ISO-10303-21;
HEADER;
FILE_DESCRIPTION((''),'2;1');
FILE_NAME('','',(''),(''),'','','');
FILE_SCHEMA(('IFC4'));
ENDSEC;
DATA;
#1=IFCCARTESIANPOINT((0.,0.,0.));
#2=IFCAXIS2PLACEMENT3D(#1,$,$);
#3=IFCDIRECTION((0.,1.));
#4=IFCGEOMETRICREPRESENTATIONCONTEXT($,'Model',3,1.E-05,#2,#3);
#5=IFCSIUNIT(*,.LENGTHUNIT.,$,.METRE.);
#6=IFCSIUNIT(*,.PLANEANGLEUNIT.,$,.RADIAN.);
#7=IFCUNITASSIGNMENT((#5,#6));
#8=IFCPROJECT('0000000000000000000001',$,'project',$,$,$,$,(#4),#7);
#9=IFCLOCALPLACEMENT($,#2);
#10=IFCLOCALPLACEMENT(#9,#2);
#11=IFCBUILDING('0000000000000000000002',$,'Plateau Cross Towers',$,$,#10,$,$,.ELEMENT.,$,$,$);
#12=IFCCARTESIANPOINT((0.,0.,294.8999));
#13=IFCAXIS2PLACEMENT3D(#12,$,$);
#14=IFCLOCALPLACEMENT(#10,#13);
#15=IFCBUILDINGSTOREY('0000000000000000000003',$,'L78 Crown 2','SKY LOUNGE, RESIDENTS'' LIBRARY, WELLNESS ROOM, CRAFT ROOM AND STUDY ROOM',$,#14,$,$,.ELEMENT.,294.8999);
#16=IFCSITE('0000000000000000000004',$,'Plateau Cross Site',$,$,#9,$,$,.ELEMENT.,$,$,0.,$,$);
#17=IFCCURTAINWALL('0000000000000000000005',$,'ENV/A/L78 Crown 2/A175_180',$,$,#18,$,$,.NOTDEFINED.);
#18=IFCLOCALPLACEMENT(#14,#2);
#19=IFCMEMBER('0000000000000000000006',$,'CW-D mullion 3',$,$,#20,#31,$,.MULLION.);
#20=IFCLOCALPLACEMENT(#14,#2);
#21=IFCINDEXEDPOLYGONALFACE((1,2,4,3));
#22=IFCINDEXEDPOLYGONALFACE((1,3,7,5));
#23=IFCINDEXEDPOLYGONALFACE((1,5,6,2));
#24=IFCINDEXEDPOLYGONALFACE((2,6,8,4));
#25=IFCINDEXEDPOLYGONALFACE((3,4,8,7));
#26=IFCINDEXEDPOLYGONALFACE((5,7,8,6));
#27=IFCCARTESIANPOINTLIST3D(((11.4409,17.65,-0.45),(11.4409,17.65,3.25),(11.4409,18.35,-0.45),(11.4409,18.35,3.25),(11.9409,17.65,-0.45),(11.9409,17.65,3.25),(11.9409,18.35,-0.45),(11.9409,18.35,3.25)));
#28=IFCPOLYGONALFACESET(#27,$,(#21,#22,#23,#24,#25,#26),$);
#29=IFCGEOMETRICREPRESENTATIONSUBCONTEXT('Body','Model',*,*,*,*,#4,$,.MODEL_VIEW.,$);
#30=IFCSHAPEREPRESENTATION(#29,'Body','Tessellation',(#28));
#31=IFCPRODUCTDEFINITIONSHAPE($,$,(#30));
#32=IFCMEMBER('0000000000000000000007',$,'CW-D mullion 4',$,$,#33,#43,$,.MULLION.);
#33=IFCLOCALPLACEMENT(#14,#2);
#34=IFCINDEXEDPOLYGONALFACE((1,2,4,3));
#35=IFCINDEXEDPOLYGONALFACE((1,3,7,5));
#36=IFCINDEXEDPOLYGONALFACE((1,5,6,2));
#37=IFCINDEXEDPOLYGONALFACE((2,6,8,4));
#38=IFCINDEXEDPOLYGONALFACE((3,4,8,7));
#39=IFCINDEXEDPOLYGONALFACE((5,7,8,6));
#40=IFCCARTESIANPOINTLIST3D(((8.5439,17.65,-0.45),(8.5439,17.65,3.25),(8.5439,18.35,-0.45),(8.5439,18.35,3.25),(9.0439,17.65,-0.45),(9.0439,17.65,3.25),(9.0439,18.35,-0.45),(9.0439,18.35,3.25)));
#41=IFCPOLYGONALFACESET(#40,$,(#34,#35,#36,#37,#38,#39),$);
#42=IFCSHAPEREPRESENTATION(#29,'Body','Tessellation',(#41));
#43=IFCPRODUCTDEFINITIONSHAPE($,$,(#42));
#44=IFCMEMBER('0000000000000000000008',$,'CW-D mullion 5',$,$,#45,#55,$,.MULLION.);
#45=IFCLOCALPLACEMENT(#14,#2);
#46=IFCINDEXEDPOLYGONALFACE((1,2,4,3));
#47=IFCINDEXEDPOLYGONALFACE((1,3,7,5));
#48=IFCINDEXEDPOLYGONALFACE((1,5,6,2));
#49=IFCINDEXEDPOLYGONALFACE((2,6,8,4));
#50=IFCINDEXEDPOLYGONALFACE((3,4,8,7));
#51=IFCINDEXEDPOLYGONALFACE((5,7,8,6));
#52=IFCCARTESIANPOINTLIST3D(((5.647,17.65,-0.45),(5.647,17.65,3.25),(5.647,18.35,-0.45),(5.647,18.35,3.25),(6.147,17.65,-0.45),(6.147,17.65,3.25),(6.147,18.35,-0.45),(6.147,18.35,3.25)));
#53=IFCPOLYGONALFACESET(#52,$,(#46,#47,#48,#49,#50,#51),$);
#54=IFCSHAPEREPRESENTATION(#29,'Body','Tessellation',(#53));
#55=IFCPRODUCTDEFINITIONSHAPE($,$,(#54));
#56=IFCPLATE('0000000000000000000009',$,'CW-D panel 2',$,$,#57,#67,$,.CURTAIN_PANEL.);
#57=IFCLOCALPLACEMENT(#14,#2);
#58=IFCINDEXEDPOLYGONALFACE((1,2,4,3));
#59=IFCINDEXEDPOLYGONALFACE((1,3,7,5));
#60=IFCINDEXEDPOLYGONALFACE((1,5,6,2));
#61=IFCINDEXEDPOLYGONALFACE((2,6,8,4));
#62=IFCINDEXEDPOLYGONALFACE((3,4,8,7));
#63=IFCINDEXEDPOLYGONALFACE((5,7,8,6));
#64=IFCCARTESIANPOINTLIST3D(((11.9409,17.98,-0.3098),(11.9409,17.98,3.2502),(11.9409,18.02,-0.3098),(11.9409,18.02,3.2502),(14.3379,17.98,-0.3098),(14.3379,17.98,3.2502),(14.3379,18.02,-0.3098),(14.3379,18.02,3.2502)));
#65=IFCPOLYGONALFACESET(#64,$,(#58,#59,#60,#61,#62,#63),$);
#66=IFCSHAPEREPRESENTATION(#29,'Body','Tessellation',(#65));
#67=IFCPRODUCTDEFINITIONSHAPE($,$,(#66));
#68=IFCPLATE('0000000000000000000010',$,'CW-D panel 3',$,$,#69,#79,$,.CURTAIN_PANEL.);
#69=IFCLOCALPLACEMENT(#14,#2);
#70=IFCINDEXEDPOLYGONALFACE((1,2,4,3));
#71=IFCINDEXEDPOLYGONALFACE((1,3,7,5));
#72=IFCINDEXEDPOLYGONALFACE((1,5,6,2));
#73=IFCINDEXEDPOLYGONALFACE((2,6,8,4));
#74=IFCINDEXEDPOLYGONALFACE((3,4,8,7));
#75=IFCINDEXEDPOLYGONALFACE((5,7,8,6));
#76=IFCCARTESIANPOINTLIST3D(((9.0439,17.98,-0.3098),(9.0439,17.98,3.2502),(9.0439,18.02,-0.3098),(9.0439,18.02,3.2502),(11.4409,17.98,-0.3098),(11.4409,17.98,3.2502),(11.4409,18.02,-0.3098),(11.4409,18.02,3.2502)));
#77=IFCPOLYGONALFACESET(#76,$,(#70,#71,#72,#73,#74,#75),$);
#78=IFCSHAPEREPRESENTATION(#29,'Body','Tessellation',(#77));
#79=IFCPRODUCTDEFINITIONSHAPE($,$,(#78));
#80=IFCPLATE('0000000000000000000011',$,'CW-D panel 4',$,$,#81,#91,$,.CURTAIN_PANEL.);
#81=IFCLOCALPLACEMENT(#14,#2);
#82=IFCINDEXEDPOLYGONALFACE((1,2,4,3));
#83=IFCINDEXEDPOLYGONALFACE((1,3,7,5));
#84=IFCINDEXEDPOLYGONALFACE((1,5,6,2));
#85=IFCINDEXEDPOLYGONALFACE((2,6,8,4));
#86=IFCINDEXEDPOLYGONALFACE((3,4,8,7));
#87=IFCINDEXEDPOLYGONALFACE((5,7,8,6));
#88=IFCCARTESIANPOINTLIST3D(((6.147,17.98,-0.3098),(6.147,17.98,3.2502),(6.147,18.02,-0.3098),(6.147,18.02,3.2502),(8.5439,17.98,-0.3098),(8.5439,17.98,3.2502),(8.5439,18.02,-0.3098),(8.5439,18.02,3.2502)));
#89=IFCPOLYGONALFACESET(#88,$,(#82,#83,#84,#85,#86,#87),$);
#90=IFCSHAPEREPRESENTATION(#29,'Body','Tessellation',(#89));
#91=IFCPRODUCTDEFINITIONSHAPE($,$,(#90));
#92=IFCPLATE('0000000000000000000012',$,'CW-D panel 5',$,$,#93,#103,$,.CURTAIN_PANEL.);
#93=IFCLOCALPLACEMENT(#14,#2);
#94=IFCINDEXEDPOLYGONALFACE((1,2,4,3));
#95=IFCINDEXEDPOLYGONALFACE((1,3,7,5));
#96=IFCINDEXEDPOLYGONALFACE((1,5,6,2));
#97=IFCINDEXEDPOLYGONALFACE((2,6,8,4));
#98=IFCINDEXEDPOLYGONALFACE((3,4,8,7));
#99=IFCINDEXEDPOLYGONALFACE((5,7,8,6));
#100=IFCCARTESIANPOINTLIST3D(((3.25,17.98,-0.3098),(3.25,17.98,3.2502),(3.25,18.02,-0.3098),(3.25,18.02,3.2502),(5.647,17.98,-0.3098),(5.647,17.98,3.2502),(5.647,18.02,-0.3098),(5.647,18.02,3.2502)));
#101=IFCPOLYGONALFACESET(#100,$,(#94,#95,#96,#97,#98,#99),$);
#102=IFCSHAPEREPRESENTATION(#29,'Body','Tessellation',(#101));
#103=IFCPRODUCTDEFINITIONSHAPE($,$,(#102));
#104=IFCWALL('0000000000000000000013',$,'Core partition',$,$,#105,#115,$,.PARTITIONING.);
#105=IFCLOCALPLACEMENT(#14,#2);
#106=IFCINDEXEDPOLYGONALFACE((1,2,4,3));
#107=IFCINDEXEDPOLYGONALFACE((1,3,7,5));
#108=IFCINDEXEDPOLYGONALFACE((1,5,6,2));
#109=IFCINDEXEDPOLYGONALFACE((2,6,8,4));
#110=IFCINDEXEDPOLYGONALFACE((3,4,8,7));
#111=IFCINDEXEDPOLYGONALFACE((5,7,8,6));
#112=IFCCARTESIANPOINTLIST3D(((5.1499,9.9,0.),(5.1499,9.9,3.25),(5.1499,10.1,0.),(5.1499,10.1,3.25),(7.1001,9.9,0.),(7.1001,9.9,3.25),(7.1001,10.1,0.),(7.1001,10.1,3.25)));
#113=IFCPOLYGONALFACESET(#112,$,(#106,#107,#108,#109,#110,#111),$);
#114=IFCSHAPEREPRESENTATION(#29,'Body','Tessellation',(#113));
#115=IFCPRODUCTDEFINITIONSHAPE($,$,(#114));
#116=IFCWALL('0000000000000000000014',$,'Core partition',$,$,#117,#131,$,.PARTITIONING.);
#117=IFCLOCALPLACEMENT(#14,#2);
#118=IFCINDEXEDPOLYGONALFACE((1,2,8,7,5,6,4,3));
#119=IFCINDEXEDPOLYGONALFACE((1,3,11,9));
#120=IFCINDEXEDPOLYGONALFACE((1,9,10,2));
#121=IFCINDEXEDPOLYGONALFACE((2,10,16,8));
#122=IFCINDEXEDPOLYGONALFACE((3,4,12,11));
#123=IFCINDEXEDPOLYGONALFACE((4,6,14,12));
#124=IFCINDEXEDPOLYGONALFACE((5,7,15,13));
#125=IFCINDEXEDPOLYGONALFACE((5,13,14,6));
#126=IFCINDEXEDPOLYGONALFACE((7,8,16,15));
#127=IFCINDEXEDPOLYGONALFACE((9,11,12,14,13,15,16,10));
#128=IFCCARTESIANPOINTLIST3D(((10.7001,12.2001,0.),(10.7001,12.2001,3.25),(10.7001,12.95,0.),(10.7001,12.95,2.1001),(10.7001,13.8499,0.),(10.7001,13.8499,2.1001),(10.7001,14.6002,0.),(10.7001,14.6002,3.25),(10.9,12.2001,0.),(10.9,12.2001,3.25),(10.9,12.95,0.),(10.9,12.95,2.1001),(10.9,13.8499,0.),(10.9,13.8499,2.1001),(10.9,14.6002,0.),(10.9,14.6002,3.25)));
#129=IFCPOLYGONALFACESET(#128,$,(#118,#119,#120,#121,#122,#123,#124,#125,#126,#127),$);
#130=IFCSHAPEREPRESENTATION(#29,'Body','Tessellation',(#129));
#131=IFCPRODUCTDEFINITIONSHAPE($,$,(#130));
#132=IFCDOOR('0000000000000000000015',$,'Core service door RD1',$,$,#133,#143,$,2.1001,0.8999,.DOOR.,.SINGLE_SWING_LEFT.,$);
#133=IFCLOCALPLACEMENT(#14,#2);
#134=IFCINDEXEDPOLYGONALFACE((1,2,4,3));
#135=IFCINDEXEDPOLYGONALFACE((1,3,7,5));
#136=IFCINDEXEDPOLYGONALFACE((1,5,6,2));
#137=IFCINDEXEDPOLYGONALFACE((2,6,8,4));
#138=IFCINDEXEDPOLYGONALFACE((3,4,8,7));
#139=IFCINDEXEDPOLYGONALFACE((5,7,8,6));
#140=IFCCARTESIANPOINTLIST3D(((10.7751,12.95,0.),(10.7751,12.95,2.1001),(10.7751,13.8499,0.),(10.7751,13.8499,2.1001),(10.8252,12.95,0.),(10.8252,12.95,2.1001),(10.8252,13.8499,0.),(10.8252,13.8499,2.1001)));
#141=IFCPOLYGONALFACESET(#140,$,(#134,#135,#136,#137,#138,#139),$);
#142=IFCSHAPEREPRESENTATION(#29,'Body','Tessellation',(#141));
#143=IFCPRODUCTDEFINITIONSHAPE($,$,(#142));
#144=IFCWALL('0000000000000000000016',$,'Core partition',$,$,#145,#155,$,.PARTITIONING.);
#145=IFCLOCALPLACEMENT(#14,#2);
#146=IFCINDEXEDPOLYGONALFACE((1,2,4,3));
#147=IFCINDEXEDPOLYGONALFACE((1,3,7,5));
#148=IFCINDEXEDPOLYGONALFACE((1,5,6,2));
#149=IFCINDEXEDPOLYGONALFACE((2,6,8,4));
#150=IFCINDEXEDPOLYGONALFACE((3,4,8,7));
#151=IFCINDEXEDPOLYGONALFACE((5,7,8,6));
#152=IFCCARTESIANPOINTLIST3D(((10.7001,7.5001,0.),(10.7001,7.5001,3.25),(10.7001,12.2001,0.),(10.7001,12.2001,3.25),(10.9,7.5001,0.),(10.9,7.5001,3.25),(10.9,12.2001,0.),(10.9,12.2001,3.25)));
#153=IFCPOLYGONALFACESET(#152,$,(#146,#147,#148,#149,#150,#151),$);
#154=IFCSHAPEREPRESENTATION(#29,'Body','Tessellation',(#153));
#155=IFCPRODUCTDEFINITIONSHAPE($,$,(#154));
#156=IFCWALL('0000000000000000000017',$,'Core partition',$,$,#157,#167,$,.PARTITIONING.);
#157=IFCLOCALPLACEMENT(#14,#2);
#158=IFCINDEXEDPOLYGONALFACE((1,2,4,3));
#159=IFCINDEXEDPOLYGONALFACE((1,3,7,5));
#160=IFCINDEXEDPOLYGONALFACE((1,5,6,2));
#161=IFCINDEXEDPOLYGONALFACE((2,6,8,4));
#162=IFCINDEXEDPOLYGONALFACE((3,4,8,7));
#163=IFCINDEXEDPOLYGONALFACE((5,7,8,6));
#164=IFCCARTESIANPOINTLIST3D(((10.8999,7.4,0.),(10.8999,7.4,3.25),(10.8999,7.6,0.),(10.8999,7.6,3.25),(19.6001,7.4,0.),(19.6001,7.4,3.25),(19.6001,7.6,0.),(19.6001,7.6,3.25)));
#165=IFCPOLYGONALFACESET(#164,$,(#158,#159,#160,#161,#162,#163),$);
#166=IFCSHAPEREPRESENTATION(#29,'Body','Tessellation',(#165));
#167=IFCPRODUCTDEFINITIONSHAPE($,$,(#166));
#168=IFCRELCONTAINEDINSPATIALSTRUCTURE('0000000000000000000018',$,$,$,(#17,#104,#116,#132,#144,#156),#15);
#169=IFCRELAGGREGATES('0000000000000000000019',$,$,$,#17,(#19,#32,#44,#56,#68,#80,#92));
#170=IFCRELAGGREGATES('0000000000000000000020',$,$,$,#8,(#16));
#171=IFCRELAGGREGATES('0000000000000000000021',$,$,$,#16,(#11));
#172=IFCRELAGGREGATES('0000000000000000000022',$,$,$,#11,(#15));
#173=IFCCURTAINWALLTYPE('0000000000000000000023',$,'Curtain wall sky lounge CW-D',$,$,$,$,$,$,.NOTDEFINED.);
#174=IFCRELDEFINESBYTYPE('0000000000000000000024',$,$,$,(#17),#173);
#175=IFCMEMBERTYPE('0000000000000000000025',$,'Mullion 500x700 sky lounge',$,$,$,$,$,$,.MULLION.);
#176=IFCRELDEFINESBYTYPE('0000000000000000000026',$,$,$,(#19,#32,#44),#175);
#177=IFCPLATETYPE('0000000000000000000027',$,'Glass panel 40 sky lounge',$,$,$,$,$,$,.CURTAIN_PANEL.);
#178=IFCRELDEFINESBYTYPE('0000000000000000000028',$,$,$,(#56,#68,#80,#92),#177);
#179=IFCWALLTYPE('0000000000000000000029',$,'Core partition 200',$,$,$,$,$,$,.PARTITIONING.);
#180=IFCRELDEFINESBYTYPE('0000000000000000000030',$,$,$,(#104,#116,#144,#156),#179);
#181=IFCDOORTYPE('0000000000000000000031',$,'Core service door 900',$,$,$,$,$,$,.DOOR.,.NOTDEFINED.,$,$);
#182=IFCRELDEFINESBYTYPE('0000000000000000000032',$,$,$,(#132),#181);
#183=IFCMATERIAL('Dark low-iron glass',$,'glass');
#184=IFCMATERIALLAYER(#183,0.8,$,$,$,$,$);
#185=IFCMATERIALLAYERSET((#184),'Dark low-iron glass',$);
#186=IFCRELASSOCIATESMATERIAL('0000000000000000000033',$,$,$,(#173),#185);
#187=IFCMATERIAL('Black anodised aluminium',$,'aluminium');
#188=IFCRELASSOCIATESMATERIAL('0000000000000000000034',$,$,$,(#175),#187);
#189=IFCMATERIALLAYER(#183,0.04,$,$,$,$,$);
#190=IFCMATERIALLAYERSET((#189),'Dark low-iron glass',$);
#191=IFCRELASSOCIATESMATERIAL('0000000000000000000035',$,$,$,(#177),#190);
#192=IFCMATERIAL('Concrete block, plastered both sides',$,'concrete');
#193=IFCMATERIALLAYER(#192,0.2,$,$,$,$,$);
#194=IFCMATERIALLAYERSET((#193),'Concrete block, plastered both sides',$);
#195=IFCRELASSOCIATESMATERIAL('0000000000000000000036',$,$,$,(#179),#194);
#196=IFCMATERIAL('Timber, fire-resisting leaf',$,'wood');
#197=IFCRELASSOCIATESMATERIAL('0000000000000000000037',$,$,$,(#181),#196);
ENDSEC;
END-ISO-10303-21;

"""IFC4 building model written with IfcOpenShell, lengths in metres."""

from ifc_helpers import new_model, si_unit, direction, frame, frame_2d, origin, origin_2d, place, context, subcontext, project, spatial, rectangle, extrude, material, layer, layer_set, material_profile, profile_set, type_object, element, fill, aggregate, save


model = new_model("IFC4")

# Units and contexts
model_context = context("Model", 3, precision=1e-05, world=origin(), true_north=direction((0.0, 1.0)))
body_context = subcontext(model_context, "Body", "Model", "MODEL_VIEW")
ifc_project = project(units=[si_unit("LENGTHUNIT", "METRE"), si_unit("PLANEANGLEUNIT", "RADIAN")], contexts=[model_context])

# Site, building, storey
site_placement = place(None, origin())
site = spatial("IfcSite", under=ifc_project, at=site_placement, Name="Plateau Cross Site", CompositionType="ELEMENT", RefElevation=0.0)
building_placement = place(site_placement, origin())
building = spatial("IfcBuilding", under=site, at=building_placement, Name="Plateau Cross Towers", CompositionType="ELEMENT")
storey_placement = place(building_placement, frame((0.0, 0.0, 294.8999)))
storey = spatial("IfcBuildingStorey", under=building, at=storey_placement, Name="L78 Crown 2", Description="SKY LOUNGE, RESIDENTS' LIBRARY, WELLNESS ROOM, CRAFT ROOM AND STUDY ROOM", CompositionType="ELEMENT", Elevation=294.8999)

# Curtain wall, members, plates
ifc_material_1 = material(Name="Dark low-iron glass", Category="glass")
ifc_layer_1 = layer(ifc_material_1, 0.8)
ifc_layer_set_1 = layer_set([ifc_layer_1], Name="Dark low-iron glass")
curtain_wall_type = type_object("IfcCurtainWallType", Name="Curtain wall sky lounge CW-D", PredefinedType="NOTDEFINED", material=ifc_layer_set_1)
curtain_wall_placement = place(storey_placement, origin())
curtain_wall = element("IfcCurtainWall", 1, at=curtain_wall_placement, inside=storey, type_object=curtain_wall_type, Name="ENV/A/L78 Crown 2/A175_180", PredefinedType="NOTDEFINED")
ifc_material_2 = material(Name="Black anodised aluminium", Category="aluminium")
ifc_material_profile = material_profile(ifc_material_2, rectangle(XDim=0.5, YDim=0.7, at=origin_2d()), Name="MULLION 500x700")
ifc_profile_set = profile_set([ifc_material_profile], Name="Black anodised aluminium")
member_type = type_object("IfcMemberType", Name="Mullion 500x700 sky lounge", PredefinedType="MULLION", material=ifc_profile_set)
member_1_placement = place(storey_placement, frame((11.6909, 18.0, -0.45), z_axis=(0.0, 0.0, 1.0), x_axis=(-1.0, 0.0, 0.0)))
member_1 = element("IfcMember", 2, at=member_1_placement, type_object=member_type, Name="CW-D mullion 3", PredefinedType="MULLION", context=body_context, shape_type="SweptSolid", body=[
    extrude(rectangle(XDim=0.5, YDim=0.7, at=origin_2d()), origin(), (0.0, 0.0, 1.0), 3.7),
])
member_2_placement = place(storey_placement, frame((8.7939, 18.0, -0.45), z_axis=(0.0, 0.0, 1.0), x_axis=(-1.0, 0.0, 0.0)))
member_2 = element("IfcMember", 3, at=member_2_placement, type_object=member_type, Name="CW-D mullion 4", PredefinedType="MULLION", context=body_context, shape_type="SweptSolid", body=[
    extrude(rectangle(XDim=0.5, YDim=0.7, at=origin_2d()), origin(), (0.0, 0.0, 1.0), 3.7),
])
member_3_placement = place(storey_placement, frame((5.897, 18.0, -0.45), z_axis=(0.0, 0.0, 1.0), x_axis=(-1.0, 0.0, 0.0)))
member_3 = element("IfcMember", 4, at=member_3_placement, type_object=member_type, Name="CW-D mullion 5", PredefinedType="MULLION", context=body_context, shape_type="SweptSolid", body=[
    extrude(rectangle(XDim=0.5, YDim=0.7, at=origin_2d()), origin(), (0.0, 0.0, 1.0), 3.7),
])
ifc_layer_2 = layer(ifc_material_1, 0.04)
ifc_layer_set_2 = layer_set([ifc_layer_2], Name="Dark low-iron glass")
plate_type = type_object("IfcPlateType", Name="Glass panel 40 sky lounge", PredefinedType="CURTAIN_PANEL", material=ifc_layer_set_2)
plate_1_placement = place(storey_placement, frame((13.1394, 18.0, -0.3098), z_axis=(0.0, 0.0, 1.0), x_axis=(-1.0, 0.0, 0.0)))
plate_1 = element("IfcPlate", 5, at=plate_1_placement, type_object=plate_type, Name="CW-D panel 2", PredefinedType="CURTAIN_PANEL", context=body_context, shape_type="SweptSolid", body=[
    extrude(rectangle(XDim=2.397, YDim=0.04, at=origin_2d()), origin(), (0.0, 0.0, 1.0), 3.5601),
])
plate_2_placement = place(storey_placement, frame((10.2424, 18.0, -0.3098), z_axis=(0.0, 0.0, 1.0), x_axis=(-1.0, 0.0, 0.0)))
plate_2 = element("IfcPlate", 6, at=plate_2_placement, type_object=plate_type, Name="CW-D panel 3", PredefinedType="CURTAIN_PANEL", context=body_context, shape_type="SweptSolid", body=[
    extrude(rectangle(XDim=2.397, YDim=0.04, at=origin_2d()), origin(), (0.0, 0.0, 1.0), 3.5601),
])
plate_3_placement = place(storey_placement, frame((7.3455, 18.0, -0.3098), z_axis=(0.0, 0.0, 1.0), x_axis=(-1.0, 0.0, 0.0)))
plate_3 = element("IfcPlate", 7, at=plate_3_placement, type_object=plate_type, Name="CW-D panel 4", PredefinedType="CURTAIN_PANEL", context=body_context, shape_type="SweptSolid", body=[
    extrude(rectangle(XDim=2.397, YDim=0.04, at=origin_2d()), origin(), (0.0, 0.0, 1.0), 3.5601),
])
plate_4_placement = place(storey_placement, frame((4.4485, 18.0, -0.3098), z_axis=(0.0, 0.0, 1.0), x_axis=(-1.0, 0.0, 0.0)))
plate_4 = element("IfcPlate", 8, at=plate_4_placement, type_object=plate_type, Name="CW-D panel 5", PredefinedType="CURTAIN_PANEL", context=body_context, shape_type="SweptSolid", body=[
    extrude(rectangle(XDim=2.397, YDim=0.04, at=origin_2d()), origin(), (0.0, 0.0, 1.0), 3.5601),
])
aggregate(curtain_wall, [member_1, member_2, member_3, plate_1, plate_2, plate_3, plate_4])

# Wall
ifc_material_3 = material(Name="Concrete block, plastered both sides", Category="concrete")
ifc_layer_3 = layer(ifc_material_3, 0.2)
ifc_layer_set_3 = layer_set([ifc_layer_3], Name="Concrete block, plastered both sides")
wall_type_1 = type_object("IfcWallType", Name="Core partition 200", PredefinedType="PARTITIONING", material=ifc_layer_set_3)
wall_1_placement = place(storey_placement, frame((5.1499, 10.0, 0.0), z_axis=(0.0, 0.0, 1.0), x_axis=(1.0, 0.0, 0.0)))
element("IfcWall", 9, at=wall_1_placement, inside=storey, type_object=wall_type_1, Name="Core partition", PredefinedType="PARTITIONING", context=body_context, shape_type="SweptSolid", body=[
    extrude(rectangle(XDim=1.9502, YDim=0.2, at=frame_2d((0.9751, 0.0))), origin(), (0.0, 0.0, 1.0), 3.25),
])

# Wall, opening, door
wall_2_placement = place(storey_placement, frame((10.8, 12.2, 0.0), z_axis=(0.0, 0.0, 1.0), x_axis=(0.0, 1.0, 0.0)))
wall_2 = element("IfcWall", 10, at=wall_2_placement, inside=storey, type_object=wall_type_1, Name="Core partition", PredefinedType="PARTITIONING", context=body_context, shape_type="SweptSolid", body=[
    extrude(rectangle(XDim=2.4001, YDim=0.2, at=frame_2d((1.2002, 0.0))), origin(), (0.0, 0.0, 1.0), 3.25),
])
opening_1_placement = place(wall_2_placement, frame((0.75, 0.0, 0.0)))
opening_1 = element("IfcOpeningElement", 11, at=opening_1_placement, cuts=wall_2, PredefinedType="OPENING", context=body_context, shape_type="SweptSolid", body=[
    extrude(rectangle(XDim=0.8999, YDim=2.1001, at=frame_2d((0.45, 1.05))), frame((0.0, 0.1099, 0.0), z_axis=(0.0, -1.0, 0.0), x_axis=(1.0, 0.0, 0.0)), (0.0, 0.0, 1.0), 0.22),
])
ifc_material_4 = material(Name="Timber, fire-resisting leaf", Category="wood")
door_type_1 = type_object("IfcDoorType", Name="Core service door 900", OperationType="NOTDEFINED", PredefinedType="DOOR", material=ifc_material_4)
door_1_placement = place(opening_1_placement, origin())
door_1 = element("IfcDoor", 12, at=door_1_placement, inside=storey, type_object=door_type_1, Name="Core service door RD1", OperationType="SINGLE_SWING_LEFT", OverallHeight=2.1001, OverallWidth=0.8999, PredefinedType="DOOR", context=body_context, shape_type="SweptSolid", body=[
    extrude(rectangle(XDim=0.8999, YDim=2.1001, at=frame_2d((0.45, 1.05))), frame((0.0, 0.0249, 0.0), z_axis=(0.0, -1.0, 0.0), x_axis=(1.0, 0.0, 0.0)), (0.0, 0.0, 1.0), 0.05),
])
fill(opening_1, door_1)

# Walls
wall_3_placement = place(storey_placement, frame((10.8, 7.5, 0.0), z_axis=(0.0, 0.0, 1.0), x_axis=(0.0, 1.0, 0.0)))
element("IfcWall", 13, at=wall_3_placement, inside=storey, type_object=wall_type_1, Name="Core partition", PredefinedType="PARTITIONING", context=body_context, shape_type="SweptSolid", body=[
    extrude(rectangle(XDim=4.7, YDim=0.2, at=frame_2d((2.3501, 0.0))), origin(), (0.0, 0.0, 1.0), 3.25),
])
wall_4_placement = place(storey_placement, frame((10.8999, 7.5, 0.0), z_axis=(0.0, 0.0, 1.0), x_axis=(1.0, 0.0, 0.0)))
element("IfcWall", 14, at=wall_4_placement, inside=storey, type_object=wall_type_1, Name="Core partition", PredefinedType="PARTITIONING", context=body_context, shape_type="SweptSolid", body=[
    extrude(rectangle(XDim=8.7002, YDim=0.2, at=frame_2d((4.3501, 0.0))), origin(), (0.0, 0.0, 1.0), 3.25),
])

save(model, "model.ifc")
